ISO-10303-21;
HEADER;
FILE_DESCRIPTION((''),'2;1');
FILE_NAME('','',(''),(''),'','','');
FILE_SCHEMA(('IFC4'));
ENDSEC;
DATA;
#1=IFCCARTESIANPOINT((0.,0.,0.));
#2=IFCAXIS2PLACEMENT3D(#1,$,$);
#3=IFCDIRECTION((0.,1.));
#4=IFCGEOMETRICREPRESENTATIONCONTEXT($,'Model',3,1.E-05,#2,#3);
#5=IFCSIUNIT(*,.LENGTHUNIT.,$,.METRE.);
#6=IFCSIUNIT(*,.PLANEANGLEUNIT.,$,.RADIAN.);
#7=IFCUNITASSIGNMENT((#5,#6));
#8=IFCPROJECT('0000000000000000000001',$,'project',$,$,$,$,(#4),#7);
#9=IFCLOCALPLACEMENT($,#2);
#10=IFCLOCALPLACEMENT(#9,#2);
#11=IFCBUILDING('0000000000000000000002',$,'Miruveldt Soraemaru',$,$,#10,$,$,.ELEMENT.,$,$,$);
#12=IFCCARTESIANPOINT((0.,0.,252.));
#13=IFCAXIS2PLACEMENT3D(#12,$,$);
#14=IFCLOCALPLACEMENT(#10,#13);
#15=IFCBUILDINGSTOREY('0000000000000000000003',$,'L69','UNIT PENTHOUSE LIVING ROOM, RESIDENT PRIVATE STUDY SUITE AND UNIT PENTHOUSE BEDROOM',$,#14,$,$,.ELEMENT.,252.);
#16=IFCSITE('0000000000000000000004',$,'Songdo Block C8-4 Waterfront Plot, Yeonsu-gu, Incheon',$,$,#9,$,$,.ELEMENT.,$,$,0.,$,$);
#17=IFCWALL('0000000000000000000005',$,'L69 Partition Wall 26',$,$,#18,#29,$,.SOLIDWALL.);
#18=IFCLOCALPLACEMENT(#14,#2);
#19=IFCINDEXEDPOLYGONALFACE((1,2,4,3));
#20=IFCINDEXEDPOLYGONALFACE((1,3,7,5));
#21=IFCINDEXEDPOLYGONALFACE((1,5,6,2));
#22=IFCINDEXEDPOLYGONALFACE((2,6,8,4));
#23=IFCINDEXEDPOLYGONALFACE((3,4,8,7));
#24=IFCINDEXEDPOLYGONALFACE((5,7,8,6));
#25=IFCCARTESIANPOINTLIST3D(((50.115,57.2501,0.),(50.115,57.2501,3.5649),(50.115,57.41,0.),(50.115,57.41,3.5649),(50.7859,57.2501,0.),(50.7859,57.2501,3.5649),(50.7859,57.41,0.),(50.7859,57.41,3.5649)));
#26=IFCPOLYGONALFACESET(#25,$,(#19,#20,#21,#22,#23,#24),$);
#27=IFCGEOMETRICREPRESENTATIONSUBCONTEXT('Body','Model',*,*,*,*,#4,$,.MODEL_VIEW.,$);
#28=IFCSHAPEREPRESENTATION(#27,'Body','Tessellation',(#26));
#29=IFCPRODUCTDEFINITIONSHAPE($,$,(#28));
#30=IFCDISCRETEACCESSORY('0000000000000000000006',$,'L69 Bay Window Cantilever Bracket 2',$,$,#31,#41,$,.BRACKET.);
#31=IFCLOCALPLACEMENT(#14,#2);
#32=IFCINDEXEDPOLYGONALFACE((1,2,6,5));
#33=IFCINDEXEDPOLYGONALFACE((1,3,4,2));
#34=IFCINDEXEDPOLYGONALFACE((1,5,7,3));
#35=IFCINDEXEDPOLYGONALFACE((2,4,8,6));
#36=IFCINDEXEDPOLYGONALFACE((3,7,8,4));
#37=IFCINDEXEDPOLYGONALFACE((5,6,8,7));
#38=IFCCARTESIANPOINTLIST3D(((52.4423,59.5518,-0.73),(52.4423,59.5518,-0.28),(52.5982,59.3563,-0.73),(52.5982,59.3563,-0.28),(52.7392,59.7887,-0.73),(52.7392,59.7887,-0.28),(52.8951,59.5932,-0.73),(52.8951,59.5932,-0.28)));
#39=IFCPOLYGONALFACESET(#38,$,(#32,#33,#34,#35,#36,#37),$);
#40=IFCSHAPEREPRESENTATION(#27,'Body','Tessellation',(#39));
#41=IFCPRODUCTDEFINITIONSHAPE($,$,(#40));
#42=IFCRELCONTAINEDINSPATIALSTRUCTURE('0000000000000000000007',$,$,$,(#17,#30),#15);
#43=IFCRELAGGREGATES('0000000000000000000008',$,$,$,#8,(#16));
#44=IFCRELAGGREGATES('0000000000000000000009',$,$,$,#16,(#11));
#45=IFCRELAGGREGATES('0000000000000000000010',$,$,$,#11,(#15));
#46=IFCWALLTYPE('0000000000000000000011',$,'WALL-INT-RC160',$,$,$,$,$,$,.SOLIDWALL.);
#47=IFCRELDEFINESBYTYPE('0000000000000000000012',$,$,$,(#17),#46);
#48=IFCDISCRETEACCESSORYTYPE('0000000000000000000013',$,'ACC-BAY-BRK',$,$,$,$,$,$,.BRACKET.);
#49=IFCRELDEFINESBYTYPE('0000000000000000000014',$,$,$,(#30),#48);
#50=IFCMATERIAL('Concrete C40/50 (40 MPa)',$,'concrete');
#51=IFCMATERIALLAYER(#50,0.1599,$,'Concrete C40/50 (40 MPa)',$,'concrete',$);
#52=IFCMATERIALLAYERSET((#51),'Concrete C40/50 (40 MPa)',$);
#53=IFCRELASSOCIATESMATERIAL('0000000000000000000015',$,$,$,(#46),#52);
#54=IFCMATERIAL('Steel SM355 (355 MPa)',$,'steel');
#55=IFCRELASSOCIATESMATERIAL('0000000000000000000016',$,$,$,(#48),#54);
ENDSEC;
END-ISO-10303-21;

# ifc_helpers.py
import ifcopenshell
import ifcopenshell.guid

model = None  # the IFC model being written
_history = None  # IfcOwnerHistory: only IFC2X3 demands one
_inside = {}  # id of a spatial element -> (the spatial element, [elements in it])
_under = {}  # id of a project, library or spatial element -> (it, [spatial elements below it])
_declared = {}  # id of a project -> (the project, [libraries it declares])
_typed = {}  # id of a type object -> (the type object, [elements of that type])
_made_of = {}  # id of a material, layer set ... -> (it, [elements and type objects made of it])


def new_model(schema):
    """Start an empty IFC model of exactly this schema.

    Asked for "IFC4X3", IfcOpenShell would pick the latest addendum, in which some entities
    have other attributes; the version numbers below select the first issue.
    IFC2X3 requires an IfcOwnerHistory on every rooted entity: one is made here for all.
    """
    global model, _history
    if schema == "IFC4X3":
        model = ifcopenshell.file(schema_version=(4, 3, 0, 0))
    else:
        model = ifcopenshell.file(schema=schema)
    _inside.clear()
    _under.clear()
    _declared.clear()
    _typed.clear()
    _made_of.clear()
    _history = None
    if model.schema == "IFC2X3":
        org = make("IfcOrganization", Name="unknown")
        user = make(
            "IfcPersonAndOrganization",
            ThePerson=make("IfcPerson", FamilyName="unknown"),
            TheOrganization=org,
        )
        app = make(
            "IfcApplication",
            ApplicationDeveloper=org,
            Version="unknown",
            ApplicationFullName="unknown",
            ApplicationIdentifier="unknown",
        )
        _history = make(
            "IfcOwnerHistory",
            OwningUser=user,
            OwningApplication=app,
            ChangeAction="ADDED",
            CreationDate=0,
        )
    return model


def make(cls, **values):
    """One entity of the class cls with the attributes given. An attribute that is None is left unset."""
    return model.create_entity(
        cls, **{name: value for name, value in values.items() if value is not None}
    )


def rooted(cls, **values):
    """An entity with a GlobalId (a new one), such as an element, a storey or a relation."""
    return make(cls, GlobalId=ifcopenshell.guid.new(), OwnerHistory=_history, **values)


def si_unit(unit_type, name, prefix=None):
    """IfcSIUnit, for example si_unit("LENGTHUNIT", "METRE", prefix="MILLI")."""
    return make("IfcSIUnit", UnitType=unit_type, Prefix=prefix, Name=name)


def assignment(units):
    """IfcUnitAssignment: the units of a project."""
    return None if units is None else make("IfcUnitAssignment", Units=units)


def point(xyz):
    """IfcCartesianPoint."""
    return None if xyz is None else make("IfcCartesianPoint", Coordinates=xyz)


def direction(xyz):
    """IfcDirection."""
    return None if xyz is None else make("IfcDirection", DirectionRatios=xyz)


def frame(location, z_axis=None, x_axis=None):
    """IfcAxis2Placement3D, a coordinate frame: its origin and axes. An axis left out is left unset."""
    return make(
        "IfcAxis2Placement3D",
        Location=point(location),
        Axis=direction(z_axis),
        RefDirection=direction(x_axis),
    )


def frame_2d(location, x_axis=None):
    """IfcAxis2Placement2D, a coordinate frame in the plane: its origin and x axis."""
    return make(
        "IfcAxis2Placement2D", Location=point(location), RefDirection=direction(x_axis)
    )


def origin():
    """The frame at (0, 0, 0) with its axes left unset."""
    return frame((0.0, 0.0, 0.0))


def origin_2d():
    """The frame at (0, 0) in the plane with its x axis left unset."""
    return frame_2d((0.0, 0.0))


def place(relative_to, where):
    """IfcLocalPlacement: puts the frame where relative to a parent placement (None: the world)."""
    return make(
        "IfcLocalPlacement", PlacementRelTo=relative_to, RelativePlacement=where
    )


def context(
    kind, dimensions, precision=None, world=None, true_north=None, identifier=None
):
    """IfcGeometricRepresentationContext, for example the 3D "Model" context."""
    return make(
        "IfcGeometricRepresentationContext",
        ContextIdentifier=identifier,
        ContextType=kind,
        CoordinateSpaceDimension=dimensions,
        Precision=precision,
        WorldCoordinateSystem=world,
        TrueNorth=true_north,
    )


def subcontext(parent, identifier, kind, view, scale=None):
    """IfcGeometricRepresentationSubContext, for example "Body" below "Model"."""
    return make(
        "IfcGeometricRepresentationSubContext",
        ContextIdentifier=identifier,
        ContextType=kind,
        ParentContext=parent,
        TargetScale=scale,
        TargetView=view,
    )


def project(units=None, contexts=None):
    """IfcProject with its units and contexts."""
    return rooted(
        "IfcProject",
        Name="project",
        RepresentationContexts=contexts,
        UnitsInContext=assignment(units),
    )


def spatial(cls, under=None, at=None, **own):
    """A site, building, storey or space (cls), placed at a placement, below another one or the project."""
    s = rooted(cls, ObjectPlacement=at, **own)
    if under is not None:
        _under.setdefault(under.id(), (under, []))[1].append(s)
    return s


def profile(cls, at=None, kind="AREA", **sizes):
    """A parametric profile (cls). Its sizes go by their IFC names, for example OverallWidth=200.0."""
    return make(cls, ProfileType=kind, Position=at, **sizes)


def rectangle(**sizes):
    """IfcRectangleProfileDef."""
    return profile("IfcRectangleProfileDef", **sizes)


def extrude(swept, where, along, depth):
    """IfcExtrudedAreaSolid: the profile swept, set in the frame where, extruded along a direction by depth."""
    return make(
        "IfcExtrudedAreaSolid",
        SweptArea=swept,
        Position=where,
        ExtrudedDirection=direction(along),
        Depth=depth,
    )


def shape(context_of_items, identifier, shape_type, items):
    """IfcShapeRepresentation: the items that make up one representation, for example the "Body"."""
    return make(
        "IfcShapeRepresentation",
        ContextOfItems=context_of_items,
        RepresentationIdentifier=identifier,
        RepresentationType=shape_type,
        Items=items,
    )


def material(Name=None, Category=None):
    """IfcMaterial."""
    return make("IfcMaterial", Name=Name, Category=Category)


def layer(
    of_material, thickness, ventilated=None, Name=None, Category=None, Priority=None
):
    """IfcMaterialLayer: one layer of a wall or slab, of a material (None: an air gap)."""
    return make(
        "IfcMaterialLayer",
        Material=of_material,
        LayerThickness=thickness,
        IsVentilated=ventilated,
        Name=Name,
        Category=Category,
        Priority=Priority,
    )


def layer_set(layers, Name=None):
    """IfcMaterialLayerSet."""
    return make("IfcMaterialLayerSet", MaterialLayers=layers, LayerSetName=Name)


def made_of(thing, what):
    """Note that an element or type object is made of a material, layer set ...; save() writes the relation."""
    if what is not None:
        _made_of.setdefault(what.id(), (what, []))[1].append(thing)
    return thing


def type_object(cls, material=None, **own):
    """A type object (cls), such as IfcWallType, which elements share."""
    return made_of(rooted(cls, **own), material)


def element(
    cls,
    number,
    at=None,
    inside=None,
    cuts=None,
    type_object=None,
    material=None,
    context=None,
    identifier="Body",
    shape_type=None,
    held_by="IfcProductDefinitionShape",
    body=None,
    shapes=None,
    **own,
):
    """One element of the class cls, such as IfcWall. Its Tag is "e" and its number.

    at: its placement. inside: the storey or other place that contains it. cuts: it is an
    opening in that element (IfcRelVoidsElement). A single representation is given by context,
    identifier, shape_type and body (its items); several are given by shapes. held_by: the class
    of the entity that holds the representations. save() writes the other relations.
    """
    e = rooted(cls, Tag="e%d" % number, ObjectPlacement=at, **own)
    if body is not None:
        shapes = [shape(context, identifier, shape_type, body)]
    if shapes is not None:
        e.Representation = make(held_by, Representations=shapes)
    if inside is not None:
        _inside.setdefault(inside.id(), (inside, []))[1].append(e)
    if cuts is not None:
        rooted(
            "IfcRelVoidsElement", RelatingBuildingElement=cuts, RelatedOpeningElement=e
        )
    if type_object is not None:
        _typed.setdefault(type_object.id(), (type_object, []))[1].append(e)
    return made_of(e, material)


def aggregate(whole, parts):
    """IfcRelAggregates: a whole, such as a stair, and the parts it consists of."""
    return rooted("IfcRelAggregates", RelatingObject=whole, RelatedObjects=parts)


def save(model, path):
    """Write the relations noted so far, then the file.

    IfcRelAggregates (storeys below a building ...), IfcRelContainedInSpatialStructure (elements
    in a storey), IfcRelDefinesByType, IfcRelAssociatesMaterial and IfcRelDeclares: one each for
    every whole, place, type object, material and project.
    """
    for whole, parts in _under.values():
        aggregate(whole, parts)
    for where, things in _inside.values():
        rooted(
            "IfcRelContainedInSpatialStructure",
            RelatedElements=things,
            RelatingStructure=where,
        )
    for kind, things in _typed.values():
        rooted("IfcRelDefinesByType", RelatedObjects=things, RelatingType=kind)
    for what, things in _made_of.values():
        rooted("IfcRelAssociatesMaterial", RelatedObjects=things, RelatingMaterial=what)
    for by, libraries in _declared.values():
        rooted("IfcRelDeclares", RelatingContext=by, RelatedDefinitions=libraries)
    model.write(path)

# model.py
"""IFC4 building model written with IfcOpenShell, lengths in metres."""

from ifc_helpers import new_model, si_unit, direction, frame, frame_2d, origin, origin_2d, place, context, subcontext, project, spatial, rectangle, extrude, material, layer, layer_set, type_object, element, save


model = new_model("IFC4")

# Units and contexts
model_context = context("Model", 3, precision=1e-05, world=origin(), true_north=direction((0.0, 1.0)))
body_context = subcontext(model_context, "Body", "Model", "MODEL_VIEW")
ifc_project = project(units=[si_unit("LENGTHUNIT", "METRE"), si_unit("PLANEANGLEUNIT", "RADIAN")], contexts=[model_context])

# Site, building, storey
site_placement = place(None, origin())
site = spatial("IfcSite", under=ifc_project, at=site_placement, Name="Songdo Block C8-4 Waterfront Plot, Yeonsu-gu, Incheon", CompositionType="ELEMENT", RefElevation=0.0)
building_placement = place(site_placement, origin())
building = spatial("IfcBuilding", under=site, at=building_placement, Name="Miruveldt Soraemaru", CompositionType="ELEMENT")
storey_placement = place(building_placement, frame((0.0, 0.0, 252.0)))
storey = spatial("IfcBuildingStorey", under=building, at=storey_placement, Name="L69", Description="UNIT PENTHOUSE LIVING ROOM, RESIDENT PRIVATE STUDY SUITE AND UNIT PENTHOUSE BEDROOM", CompositionType="ELEMENT", Elevation=252.0)

# Shared definitions
ifc_material_1 = material(Name="Steel SM355 (355 MPa)", Category="steel")

# Wall
ifc_material_2 = material(Name="Concrete C40/50 (40 MPa)", Category="concrete")
ifc_layer_1 = layer(ifc_material_2, 0.1599, Name="Concrete C40/50 (40 MPa)", Category="concrete")
ifc_layer_set_1 = layer_set([ifc_layer_1], Name="Concrete C40/50 (40 MPa)")
wall_type_1 = type_object("IfcWallType", Name="WALL-INT-RC160", PredefinedType="SOLIDWALL", material=ifc_layer_set_1)
wall_1_placement = place(storey_placement, frame((50.7859, 57.3301, 0.0), z_axis=(0.0, 0.0, 1.0), x_axis=(-1.0, 0.0, 0.0)))
element("IfcWall", 1, at=wall_1_placement, inside=storey, type_object=wall_type_1, Name="L69 Partition Wall 26", PredefinedType="SOLIDWALL", context=body_context, shape_type="SweptSolid", body=[
    extrude(rectangle(XDim=0.6709, YDim=0.1599, at=frame_2d((0.3354, 0.0))), origin(), (0.0, 0.0, 1.0), 3.5649),
])

# Discrete accessory
discrete_accessory_type = type_object("IfcDiscreteAccessoryType", Name="ACC-BAY-BRK", PredefinedType="BRACKET", material=ifc_material_1)
discrete_accessory_placement = place(storey_placement, frame((52.6687, 59.5725, -0.73), z_axis=(0.0, 0.0, 1.0), x_axis=(0.781738, 0.623607, 0.0)))
element("IfcDiscreteAccessory", 2, at=discrete_accessory_placement, inside=storey, type_object=discrete_accessory_type, Name="L69 Bay Window Cantilever Bracket 2", PredefinedType="BRACKET", context=body_context, shape_type="SweptSolid", body=[
    extrude(rectangle(XDim=0.3799, YDim=0.25, at=origin_2d()), origin(), (0.0, 0.0, 1.0), 0.45),
])

save(model, "model.ifc")
